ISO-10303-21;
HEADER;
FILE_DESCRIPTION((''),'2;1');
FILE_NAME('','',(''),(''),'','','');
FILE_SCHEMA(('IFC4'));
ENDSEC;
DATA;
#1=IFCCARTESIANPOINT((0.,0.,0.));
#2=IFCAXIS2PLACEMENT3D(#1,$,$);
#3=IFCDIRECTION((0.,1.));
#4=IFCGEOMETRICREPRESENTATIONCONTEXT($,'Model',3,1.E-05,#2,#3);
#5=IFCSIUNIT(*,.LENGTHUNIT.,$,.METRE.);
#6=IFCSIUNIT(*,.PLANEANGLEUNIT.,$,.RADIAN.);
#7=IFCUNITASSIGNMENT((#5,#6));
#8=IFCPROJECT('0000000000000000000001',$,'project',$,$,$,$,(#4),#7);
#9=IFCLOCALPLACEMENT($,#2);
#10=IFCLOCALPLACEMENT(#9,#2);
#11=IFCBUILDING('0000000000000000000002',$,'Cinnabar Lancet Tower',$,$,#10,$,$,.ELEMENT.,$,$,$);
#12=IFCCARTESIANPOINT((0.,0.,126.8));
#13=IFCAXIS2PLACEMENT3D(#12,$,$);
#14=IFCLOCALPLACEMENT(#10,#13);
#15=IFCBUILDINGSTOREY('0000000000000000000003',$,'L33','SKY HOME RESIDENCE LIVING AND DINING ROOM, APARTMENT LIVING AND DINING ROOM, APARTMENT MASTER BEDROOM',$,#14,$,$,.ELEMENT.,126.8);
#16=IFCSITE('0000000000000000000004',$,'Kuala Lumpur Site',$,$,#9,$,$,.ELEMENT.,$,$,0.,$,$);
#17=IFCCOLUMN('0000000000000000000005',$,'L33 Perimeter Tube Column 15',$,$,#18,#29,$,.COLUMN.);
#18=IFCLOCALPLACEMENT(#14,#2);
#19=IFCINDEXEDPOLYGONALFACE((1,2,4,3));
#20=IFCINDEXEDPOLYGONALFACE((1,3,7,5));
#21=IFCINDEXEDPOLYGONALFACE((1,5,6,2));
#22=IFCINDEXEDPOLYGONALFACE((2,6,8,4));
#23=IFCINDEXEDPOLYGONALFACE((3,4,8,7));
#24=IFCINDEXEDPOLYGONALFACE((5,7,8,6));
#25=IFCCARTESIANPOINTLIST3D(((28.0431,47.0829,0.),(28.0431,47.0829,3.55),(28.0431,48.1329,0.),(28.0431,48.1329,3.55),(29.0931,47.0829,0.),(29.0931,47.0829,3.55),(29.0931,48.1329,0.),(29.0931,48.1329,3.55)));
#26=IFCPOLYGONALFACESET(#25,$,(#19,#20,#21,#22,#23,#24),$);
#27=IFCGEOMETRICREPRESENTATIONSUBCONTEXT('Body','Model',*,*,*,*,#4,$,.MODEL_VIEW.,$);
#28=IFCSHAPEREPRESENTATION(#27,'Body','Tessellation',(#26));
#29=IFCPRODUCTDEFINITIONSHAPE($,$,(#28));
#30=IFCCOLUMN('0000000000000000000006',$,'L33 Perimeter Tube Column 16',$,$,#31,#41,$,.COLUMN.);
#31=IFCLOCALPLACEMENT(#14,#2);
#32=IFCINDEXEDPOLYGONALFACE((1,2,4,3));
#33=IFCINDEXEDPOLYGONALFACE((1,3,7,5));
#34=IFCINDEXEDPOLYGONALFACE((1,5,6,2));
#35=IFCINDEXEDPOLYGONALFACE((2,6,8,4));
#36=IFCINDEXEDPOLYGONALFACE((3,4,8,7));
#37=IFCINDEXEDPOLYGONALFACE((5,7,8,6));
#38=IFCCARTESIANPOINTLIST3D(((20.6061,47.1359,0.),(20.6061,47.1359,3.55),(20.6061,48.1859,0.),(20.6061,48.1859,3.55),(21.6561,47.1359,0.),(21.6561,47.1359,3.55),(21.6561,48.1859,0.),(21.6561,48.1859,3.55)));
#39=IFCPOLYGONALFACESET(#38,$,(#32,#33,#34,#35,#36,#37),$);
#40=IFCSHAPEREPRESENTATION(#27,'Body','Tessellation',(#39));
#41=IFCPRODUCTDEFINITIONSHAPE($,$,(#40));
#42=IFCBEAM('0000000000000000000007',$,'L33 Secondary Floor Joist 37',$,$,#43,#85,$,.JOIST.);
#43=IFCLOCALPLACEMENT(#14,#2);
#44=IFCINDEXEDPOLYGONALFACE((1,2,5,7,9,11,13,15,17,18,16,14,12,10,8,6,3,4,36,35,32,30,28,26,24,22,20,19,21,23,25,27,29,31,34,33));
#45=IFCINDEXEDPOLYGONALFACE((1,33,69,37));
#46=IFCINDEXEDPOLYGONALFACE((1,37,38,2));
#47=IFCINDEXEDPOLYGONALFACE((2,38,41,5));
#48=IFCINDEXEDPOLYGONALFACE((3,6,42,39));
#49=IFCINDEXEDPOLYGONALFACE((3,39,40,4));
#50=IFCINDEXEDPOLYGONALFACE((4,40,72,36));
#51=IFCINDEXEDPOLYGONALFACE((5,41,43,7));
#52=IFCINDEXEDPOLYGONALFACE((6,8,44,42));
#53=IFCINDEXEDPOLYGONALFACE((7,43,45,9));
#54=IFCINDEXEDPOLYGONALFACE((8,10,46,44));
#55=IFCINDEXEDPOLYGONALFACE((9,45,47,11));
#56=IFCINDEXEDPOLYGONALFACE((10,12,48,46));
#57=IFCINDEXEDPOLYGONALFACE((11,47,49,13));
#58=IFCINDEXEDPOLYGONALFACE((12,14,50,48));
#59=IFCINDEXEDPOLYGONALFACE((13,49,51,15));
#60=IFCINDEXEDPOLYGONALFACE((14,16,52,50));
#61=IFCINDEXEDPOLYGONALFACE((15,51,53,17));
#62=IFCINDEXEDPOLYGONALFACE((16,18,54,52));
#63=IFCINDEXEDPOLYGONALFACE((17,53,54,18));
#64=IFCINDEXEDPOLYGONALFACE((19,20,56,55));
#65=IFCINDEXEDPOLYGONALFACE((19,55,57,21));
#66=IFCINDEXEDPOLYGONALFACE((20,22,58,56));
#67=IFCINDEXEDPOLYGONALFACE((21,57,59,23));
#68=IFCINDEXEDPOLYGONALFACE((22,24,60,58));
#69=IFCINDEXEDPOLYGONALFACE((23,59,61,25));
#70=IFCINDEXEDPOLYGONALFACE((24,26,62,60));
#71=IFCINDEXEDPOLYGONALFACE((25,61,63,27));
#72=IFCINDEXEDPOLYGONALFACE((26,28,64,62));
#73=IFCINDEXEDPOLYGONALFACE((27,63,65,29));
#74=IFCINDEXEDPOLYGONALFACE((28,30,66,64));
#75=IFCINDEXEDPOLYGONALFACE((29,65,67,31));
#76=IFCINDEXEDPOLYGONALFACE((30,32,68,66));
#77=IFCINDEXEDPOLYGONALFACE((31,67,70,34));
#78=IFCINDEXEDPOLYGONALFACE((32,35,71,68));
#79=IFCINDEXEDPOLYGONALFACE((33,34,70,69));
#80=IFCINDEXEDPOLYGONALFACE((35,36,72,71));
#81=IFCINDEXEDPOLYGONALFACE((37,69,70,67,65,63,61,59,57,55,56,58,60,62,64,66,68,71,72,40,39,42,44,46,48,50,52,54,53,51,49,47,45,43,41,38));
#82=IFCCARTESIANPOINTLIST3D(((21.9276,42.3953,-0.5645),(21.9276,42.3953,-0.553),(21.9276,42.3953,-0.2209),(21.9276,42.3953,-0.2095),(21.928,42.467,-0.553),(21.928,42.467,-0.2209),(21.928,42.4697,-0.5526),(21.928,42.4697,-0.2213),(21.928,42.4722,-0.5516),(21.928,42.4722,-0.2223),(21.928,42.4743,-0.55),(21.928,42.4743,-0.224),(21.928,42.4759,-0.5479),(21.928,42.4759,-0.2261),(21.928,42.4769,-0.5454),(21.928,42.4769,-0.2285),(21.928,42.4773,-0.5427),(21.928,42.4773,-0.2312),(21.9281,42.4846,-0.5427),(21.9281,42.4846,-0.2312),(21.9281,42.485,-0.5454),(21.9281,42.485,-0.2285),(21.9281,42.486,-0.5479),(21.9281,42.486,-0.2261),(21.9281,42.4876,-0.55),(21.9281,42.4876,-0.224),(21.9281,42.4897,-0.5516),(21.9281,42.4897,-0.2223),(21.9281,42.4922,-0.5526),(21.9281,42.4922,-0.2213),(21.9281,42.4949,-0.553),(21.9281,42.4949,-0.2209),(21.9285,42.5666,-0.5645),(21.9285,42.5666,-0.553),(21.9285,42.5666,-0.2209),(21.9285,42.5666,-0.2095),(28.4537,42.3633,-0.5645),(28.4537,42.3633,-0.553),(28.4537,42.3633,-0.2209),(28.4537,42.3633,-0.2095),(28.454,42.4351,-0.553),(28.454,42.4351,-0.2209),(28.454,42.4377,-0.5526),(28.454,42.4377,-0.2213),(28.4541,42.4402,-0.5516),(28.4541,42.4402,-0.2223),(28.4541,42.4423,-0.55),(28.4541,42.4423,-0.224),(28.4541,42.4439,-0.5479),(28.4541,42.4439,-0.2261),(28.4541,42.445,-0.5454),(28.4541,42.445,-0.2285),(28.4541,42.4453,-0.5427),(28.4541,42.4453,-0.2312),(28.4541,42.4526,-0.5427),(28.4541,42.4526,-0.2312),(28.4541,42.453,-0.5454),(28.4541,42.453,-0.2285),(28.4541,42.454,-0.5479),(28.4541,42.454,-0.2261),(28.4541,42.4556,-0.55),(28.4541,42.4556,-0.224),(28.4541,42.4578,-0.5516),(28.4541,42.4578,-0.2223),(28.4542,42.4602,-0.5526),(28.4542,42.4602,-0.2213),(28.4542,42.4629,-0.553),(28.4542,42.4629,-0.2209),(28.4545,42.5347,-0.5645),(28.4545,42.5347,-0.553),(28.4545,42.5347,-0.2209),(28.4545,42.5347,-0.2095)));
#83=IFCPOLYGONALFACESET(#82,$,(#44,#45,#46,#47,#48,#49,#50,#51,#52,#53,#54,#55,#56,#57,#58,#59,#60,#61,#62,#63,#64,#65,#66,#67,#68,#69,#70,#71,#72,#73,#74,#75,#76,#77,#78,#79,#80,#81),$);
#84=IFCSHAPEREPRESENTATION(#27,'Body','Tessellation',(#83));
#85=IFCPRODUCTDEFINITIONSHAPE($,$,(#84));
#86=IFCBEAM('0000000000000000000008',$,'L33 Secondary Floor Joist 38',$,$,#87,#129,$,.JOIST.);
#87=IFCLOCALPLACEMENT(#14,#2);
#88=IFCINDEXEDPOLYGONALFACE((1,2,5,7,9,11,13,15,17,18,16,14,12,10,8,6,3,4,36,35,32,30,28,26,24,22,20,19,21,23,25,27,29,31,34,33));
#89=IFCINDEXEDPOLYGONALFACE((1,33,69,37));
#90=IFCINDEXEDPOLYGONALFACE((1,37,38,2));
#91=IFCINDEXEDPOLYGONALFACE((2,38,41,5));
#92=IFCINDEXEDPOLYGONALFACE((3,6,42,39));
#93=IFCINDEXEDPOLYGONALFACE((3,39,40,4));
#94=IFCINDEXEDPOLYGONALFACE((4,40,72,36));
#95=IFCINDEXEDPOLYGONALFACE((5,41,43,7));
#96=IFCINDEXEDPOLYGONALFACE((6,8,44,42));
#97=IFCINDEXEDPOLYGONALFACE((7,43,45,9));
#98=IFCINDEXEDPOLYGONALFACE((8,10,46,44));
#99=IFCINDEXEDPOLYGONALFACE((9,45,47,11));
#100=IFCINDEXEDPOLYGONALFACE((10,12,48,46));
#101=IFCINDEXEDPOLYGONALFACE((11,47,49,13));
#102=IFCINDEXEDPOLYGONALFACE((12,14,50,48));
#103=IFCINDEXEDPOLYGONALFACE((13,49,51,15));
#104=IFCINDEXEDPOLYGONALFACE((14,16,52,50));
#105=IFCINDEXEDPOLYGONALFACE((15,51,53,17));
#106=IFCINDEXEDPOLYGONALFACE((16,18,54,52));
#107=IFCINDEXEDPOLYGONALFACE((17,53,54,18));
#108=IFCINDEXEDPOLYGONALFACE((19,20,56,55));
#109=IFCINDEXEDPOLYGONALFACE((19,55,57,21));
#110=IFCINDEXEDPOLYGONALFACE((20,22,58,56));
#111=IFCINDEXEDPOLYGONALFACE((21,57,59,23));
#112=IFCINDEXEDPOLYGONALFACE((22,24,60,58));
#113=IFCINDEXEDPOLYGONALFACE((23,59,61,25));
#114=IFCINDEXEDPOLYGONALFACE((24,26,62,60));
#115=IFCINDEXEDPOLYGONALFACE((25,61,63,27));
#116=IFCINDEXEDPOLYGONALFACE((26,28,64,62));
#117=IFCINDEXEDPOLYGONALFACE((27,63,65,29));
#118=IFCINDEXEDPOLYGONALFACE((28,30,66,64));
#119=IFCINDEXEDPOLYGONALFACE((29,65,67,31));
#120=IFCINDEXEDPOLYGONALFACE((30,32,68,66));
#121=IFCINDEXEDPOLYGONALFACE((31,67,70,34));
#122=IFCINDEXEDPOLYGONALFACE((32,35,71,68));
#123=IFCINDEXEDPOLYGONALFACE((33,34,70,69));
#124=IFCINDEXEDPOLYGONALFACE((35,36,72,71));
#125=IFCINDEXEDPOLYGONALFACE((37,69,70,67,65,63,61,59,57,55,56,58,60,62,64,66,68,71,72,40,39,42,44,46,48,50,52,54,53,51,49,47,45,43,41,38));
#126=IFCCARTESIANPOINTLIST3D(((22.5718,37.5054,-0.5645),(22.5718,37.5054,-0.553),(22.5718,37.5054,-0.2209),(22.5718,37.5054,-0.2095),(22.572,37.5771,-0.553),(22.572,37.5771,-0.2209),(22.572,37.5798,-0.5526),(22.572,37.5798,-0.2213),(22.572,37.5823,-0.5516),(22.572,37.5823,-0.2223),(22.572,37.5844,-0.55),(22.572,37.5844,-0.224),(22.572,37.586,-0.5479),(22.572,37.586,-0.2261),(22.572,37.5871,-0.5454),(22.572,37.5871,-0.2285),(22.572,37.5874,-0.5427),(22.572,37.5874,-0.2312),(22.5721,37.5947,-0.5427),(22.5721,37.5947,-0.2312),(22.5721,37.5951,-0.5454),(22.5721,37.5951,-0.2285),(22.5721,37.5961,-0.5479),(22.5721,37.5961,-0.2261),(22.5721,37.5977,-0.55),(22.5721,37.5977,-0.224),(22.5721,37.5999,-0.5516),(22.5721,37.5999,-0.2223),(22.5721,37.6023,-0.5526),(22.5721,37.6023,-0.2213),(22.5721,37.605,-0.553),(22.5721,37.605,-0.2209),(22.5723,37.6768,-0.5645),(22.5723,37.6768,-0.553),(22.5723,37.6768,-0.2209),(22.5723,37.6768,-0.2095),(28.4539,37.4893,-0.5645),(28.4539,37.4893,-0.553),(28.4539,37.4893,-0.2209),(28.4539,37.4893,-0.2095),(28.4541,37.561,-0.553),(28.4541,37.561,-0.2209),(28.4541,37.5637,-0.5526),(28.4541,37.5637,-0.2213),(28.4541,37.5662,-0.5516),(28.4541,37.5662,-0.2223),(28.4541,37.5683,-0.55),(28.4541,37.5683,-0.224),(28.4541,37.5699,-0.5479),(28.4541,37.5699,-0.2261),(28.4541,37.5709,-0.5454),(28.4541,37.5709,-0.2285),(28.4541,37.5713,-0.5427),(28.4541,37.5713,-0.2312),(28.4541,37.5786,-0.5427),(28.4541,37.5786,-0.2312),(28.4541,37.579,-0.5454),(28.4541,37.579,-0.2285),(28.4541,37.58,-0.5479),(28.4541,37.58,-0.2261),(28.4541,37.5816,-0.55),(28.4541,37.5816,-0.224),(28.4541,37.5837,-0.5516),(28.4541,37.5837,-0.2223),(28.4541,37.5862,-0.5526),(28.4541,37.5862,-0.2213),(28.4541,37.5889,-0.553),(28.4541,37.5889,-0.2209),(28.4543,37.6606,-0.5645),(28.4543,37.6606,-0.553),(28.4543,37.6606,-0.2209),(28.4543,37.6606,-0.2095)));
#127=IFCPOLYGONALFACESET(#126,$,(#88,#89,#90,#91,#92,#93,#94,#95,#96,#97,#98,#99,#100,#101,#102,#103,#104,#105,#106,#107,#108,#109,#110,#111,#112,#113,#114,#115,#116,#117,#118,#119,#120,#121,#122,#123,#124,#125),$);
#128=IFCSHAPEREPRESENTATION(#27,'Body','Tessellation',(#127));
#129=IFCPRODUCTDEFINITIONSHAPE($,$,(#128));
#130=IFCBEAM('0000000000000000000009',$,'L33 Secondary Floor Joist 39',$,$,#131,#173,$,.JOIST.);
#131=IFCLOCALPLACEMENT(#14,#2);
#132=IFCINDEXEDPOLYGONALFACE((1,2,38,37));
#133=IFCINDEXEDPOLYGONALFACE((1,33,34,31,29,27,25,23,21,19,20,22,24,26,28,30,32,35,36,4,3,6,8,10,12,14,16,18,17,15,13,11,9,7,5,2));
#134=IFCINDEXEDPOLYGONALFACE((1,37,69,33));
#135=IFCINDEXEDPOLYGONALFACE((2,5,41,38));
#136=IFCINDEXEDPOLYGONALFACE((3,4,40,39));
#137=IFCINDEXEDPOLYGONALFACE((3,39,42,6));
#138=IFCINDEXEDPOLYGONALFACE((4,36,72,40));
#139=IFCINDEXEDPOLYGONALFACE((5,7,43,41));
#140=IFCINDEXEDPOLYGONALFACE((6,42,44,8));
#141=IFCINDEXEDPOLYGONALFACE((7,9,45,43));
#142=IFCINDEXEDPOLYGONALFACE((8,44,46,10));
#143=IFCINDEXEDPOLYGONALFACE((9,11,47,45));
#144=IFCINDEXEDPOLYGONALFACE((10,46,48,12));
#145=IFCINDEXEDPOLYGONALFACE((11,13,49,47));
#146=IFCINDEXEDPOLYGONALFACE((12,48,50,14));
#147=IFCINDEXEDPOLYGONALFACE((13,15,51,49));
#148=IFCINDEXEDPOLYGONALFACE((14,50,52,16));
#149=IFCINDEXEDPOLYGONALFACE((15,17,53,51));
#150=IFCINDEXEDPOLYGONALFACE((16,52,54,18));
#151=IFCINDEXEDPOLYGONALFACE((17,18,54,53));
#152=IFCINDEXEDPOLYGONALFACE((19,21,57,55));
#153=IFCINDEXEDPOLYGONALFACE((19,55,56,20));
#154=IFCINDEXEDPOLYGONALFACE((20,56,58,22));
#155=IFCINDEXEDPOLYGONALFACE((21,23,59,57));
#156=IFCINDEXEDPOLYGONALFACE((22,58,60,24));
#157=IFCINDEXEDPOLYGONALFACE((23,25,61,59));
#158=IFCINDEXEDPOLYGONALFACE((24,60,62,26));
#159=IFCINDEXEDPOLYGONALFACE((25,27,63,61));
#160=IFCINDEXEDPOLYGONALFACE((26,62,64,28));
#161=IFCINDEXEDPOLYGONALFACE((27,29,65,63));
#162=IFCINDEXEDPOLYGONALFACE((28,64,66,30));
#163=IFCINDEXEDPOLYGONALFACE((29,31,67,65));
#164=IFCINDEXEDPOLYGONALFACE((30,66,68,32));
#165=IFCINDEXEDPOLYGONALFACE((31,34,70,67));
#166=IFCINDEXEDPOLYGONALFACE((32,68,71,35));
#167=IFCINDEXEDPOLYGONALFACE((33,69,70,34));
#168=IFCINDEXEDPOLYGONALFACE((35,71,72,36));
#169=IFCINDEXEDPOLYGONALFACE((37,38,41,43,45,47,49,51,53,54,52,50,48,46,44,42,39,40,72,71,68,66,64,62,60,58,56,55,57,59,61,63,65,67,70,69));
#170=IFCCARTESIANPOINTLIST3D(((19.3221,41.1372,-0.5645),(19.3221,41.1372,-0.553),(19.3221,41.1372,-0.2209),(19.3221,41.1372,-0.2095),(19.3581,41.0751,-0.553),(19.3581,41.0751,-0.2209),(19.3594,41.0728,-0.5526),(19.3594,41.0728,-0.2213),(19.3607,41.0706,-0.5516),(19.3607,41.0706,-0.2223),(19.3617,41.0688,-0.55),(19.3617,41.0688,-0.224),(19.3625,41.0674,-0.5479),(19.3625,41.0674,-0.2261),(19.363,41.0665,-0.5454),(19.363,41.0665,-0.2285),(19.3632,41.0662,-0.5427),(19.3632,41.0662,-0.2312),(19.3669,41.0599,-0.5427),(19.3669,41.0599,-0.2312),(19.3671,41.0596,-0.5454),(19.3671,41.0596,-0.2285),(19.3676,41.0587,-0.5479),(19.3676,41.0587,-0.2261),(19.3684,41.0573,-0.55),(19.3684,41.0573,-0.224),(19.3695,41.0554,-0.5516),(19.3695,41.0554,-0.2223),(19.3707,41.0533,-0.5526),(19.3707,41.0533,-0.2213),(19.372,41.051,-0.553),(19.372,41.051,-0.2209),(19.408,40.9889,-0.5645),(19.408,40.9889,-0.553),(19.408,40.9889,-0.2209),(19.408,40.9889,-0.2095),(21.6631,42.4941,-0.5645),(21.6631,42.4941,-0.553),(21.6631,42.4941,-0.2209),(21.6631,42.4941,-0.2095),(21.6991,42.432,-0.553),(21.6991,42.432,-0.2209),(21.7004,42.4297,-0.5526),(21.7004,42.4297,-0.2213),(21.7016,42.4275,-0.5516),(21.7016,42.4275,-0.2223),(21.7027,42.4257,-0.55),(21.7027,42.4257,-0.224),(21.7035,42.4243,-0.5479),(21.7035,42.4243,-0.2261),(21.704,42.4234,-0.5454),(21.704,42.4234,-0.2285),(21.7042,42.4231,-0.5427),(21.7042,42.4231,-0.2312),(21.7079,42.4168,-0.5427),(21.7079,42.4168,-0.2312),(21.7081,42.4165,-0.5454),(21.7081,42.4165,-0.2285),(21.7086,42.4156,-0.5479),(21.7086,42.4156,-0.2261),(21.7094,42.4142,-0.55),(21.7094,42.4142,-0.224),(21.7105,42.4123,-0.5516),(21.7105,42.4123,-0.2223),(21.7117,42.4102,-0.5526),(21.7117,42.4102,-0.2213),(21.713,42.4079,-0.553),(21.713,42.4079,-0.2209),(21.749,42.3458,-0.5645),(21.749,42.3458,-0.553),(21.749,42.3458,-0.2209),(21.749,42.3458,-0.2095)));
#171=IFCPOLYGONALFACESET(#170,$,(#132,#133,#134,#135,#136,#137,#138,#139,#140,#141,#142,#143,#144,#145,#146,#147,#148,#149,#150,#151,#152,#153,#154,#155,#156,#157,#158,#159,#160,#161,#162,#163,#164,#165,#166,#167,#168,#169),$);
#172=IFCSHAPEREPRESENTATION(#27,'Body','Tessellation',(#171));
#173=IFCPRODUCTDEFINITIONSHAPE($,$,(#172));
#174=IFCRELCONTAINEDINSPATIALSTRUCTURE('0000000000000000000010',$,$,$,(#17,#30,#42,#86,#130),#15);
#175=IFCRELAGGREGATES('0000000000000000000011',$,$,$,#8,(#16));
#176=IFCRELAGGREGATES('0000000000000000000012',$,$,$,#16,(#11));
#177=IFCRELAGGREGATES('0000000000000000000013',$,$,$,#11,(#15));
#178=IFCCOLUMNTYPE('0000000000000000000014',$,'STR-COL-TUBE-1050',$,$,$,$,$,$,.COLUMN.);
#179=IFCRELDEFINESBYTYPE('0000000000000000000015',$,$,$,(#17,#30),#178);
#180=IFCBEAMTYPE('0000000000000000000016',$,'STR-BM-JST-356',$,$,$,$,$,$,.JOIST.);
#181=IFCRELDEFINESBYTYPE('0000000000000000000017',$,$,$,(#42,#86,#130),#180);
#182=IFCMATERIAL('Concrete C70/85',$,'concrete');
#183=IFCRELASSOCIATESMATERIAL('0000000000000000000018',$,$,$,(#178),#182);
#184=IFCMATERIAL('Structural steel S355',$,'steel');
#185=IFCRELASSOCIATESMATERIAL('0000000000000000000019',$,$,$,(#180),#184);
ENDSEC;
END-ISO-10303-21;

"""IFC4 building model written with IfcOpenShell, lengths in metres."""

from ifc_helpers import new_model, si_unit, direction, frame, origin, origin_2d, place, context, subcontext, project, spatial, rectangle, i_section, extrude, material, material_profile, profile_set, type_object, element, save


model = new_model("IFC4")

# Units and contexts
model_context = context("Model", 3, precision=1e-05, world=origin(), true_north=direction((0.0, 1.0)))
body_context = subcontext(model_context, "Body", "Model", "MODEL_VIEW")
ifc_project = project(units=[si_unit("LENGTHUNIT", "METRE"), si_unit("PLANEANGLEUNIT", "RADIAN")], contexts=[model_context])

# Site, building, storey
site_placement = place(None, origin())
site = spatial("IfcSite", under=ifc_project, at=site_placement, Name="Kuala Lumpur Site", CompositionType="ELEMENT", RefElevation=0.0)
building_placement = place(site_placement, origin())
building = spatial("IfcBuilding", under=site, at=building_placement, Name="Cinnabar Lancet Tower", CompositionType="ELEMENT")
storey_placement = place(building_placement, frame((0.0, 0.0, 126.8)))
storey = spatial("IfcBuildingStorey", under=building, at=storey_placement, Name="L33", Description="SKY HOME RESIDENCE LIVING AND DINING ROOM, APARTMENT LIVING AND DINING ROOM, APARTMENT MASTER BEDROOM", CompositionType="ELEMENT", Elevation=126.8)

# Columns
ifc_material_1 = material(Name="Concrete C70/85", Category="concrete")
ifc_material_profile_1 = material_profile(ifc_material_1, rectangle(XDim=1.05, YDim=1.05, at=origin_2d()), Name="RC-COL 1050x1050")
ifc_profile_set_1 = profile_set([ifc_material_profile_1], Name="Concrete C70/85")
column_type = type_object("IfcColumnType", Name="STR-COL-TUBE-1050", PredefinedType="COLUMN", material=ifc_profile_set_1)
for number, where, z_axis, x_axis, name in (
    (1, (28.5681, 47.6079, 0.0), (0.0, 0.0, 1.0), (1.0, 0.0, 0.0), "L33 Perimeter Tube Column 15"),
    (2, (21.1311, 47.6609, 0.0), (0.0, 0.0, 1.0), (1.0, 0.0, 0.0), "L33 Perimeter Tube Column 16"),
):
    element("IfcColumn", number, at=place(storey_placement, frame(where, z_axis=z_axis, x_axis=x_axis)), inside=storey, type_object=column_type, Name=name, PredefinedType="COLUMN", context=body_context, shape_type="SweptSolid", body=[
        extrude(rectangle(XDim=1.05, YDim=1.05, at=origin_2d()), origin(), (0.0, 0.0, 1.0), 3.55),
    ])

# Beams
ifc_material_2 = material(Name="Structural steel S355", Category="steel")
ifc_material_profile_2 = material_profile(ifc_material_2, i_section(OverallWidth=0.1714, OverallDepth=0.355, WebThickness=0.0073, FlangeThickness=0.0115, FilletRadius=0.0103, at=origin_2d()), Name="UKB 356x171x51")
ifc_profile_set_2 = profile_set([ifc_material_profile_2], Name="Structural steel S355")
beam_type_1 = type_object("IfcBeamType", Name="STR-BM-JST-356", PredefinedType="JOIST", material=ifc_profile_set_2)
beam_1_placement = place(storey_placement, frame((28.4541, 42.449, -0.387), z_axis=(-0.999988, 0.004901, 0.0), x_axis=(-0.004901, -0.999988, 0.0)))
element("IfcBeam", 3, at=beam_1_placement, inside=storey, type_object=beam_type_1, Name="L33 Secondary Floor Joist 37", PredefinedType="JOIST", context=body_context, shape_type="SweptSolid", body=[
    extrude(i_section(OverallWidth=0.1714, OverallDepth=0.355, WebThickness=0.0073, FlangeThickness=0.0115, FilletRadius=0.0103, at=origin_2d()), origin(), (0.0, 0.0, 1.0), 6.5261),
])
beam_2_placement = place(storey_placement, frame((28.4541, 37.575, -0.387), z_axis=(-0.999996, 0.002739, 0.0), x_axis=(-0.002739, -0.999996, 0.0)))
element("IfcBeam", 4, at=beam_2_placement, inside=storey, type_object=beam_type_1, Name="L33 Secondary Floor Joist 38", PredefinedType="JOIST", context=body_context, shape_type="SweptSolid", body=[
    extrude(i_section(OverallWidth=0.1714, OverallDepth=0.355, WebThickness=0.0073, FlangeThickness=0.0115, FilletRadius=0.0103, at=origin_2d()), origin(), (0.0, 0.0, 1.0), 5.8821),
])
beam_3_placement = place(storey_placement, frame((21.7061, 42.4199, -0.387), z_axis=(-0.865173, -0.501474, 0.0), x_axis=(0.501474, -0.865173, 0.0)))
element("IfcBeam", 5, at=beam_3_placement, inside=storey, type_object=beam_type_1, Name="L33 Secondary Floor Joist 39", PredefinedType="JOIST", context=body_context, shape_type="SweptSolid", body=[
    extrude(i_section(OverallWidth=0.1714, OverallDepth=0.355, WebThickness=0.0073, FlangeThickness=0.0115, FilletRadius=0.0103, at=origin_2d()), origin(), (0.0, 0.0, 1.0), 2.7058),
])

save(model, "model.ifc")
